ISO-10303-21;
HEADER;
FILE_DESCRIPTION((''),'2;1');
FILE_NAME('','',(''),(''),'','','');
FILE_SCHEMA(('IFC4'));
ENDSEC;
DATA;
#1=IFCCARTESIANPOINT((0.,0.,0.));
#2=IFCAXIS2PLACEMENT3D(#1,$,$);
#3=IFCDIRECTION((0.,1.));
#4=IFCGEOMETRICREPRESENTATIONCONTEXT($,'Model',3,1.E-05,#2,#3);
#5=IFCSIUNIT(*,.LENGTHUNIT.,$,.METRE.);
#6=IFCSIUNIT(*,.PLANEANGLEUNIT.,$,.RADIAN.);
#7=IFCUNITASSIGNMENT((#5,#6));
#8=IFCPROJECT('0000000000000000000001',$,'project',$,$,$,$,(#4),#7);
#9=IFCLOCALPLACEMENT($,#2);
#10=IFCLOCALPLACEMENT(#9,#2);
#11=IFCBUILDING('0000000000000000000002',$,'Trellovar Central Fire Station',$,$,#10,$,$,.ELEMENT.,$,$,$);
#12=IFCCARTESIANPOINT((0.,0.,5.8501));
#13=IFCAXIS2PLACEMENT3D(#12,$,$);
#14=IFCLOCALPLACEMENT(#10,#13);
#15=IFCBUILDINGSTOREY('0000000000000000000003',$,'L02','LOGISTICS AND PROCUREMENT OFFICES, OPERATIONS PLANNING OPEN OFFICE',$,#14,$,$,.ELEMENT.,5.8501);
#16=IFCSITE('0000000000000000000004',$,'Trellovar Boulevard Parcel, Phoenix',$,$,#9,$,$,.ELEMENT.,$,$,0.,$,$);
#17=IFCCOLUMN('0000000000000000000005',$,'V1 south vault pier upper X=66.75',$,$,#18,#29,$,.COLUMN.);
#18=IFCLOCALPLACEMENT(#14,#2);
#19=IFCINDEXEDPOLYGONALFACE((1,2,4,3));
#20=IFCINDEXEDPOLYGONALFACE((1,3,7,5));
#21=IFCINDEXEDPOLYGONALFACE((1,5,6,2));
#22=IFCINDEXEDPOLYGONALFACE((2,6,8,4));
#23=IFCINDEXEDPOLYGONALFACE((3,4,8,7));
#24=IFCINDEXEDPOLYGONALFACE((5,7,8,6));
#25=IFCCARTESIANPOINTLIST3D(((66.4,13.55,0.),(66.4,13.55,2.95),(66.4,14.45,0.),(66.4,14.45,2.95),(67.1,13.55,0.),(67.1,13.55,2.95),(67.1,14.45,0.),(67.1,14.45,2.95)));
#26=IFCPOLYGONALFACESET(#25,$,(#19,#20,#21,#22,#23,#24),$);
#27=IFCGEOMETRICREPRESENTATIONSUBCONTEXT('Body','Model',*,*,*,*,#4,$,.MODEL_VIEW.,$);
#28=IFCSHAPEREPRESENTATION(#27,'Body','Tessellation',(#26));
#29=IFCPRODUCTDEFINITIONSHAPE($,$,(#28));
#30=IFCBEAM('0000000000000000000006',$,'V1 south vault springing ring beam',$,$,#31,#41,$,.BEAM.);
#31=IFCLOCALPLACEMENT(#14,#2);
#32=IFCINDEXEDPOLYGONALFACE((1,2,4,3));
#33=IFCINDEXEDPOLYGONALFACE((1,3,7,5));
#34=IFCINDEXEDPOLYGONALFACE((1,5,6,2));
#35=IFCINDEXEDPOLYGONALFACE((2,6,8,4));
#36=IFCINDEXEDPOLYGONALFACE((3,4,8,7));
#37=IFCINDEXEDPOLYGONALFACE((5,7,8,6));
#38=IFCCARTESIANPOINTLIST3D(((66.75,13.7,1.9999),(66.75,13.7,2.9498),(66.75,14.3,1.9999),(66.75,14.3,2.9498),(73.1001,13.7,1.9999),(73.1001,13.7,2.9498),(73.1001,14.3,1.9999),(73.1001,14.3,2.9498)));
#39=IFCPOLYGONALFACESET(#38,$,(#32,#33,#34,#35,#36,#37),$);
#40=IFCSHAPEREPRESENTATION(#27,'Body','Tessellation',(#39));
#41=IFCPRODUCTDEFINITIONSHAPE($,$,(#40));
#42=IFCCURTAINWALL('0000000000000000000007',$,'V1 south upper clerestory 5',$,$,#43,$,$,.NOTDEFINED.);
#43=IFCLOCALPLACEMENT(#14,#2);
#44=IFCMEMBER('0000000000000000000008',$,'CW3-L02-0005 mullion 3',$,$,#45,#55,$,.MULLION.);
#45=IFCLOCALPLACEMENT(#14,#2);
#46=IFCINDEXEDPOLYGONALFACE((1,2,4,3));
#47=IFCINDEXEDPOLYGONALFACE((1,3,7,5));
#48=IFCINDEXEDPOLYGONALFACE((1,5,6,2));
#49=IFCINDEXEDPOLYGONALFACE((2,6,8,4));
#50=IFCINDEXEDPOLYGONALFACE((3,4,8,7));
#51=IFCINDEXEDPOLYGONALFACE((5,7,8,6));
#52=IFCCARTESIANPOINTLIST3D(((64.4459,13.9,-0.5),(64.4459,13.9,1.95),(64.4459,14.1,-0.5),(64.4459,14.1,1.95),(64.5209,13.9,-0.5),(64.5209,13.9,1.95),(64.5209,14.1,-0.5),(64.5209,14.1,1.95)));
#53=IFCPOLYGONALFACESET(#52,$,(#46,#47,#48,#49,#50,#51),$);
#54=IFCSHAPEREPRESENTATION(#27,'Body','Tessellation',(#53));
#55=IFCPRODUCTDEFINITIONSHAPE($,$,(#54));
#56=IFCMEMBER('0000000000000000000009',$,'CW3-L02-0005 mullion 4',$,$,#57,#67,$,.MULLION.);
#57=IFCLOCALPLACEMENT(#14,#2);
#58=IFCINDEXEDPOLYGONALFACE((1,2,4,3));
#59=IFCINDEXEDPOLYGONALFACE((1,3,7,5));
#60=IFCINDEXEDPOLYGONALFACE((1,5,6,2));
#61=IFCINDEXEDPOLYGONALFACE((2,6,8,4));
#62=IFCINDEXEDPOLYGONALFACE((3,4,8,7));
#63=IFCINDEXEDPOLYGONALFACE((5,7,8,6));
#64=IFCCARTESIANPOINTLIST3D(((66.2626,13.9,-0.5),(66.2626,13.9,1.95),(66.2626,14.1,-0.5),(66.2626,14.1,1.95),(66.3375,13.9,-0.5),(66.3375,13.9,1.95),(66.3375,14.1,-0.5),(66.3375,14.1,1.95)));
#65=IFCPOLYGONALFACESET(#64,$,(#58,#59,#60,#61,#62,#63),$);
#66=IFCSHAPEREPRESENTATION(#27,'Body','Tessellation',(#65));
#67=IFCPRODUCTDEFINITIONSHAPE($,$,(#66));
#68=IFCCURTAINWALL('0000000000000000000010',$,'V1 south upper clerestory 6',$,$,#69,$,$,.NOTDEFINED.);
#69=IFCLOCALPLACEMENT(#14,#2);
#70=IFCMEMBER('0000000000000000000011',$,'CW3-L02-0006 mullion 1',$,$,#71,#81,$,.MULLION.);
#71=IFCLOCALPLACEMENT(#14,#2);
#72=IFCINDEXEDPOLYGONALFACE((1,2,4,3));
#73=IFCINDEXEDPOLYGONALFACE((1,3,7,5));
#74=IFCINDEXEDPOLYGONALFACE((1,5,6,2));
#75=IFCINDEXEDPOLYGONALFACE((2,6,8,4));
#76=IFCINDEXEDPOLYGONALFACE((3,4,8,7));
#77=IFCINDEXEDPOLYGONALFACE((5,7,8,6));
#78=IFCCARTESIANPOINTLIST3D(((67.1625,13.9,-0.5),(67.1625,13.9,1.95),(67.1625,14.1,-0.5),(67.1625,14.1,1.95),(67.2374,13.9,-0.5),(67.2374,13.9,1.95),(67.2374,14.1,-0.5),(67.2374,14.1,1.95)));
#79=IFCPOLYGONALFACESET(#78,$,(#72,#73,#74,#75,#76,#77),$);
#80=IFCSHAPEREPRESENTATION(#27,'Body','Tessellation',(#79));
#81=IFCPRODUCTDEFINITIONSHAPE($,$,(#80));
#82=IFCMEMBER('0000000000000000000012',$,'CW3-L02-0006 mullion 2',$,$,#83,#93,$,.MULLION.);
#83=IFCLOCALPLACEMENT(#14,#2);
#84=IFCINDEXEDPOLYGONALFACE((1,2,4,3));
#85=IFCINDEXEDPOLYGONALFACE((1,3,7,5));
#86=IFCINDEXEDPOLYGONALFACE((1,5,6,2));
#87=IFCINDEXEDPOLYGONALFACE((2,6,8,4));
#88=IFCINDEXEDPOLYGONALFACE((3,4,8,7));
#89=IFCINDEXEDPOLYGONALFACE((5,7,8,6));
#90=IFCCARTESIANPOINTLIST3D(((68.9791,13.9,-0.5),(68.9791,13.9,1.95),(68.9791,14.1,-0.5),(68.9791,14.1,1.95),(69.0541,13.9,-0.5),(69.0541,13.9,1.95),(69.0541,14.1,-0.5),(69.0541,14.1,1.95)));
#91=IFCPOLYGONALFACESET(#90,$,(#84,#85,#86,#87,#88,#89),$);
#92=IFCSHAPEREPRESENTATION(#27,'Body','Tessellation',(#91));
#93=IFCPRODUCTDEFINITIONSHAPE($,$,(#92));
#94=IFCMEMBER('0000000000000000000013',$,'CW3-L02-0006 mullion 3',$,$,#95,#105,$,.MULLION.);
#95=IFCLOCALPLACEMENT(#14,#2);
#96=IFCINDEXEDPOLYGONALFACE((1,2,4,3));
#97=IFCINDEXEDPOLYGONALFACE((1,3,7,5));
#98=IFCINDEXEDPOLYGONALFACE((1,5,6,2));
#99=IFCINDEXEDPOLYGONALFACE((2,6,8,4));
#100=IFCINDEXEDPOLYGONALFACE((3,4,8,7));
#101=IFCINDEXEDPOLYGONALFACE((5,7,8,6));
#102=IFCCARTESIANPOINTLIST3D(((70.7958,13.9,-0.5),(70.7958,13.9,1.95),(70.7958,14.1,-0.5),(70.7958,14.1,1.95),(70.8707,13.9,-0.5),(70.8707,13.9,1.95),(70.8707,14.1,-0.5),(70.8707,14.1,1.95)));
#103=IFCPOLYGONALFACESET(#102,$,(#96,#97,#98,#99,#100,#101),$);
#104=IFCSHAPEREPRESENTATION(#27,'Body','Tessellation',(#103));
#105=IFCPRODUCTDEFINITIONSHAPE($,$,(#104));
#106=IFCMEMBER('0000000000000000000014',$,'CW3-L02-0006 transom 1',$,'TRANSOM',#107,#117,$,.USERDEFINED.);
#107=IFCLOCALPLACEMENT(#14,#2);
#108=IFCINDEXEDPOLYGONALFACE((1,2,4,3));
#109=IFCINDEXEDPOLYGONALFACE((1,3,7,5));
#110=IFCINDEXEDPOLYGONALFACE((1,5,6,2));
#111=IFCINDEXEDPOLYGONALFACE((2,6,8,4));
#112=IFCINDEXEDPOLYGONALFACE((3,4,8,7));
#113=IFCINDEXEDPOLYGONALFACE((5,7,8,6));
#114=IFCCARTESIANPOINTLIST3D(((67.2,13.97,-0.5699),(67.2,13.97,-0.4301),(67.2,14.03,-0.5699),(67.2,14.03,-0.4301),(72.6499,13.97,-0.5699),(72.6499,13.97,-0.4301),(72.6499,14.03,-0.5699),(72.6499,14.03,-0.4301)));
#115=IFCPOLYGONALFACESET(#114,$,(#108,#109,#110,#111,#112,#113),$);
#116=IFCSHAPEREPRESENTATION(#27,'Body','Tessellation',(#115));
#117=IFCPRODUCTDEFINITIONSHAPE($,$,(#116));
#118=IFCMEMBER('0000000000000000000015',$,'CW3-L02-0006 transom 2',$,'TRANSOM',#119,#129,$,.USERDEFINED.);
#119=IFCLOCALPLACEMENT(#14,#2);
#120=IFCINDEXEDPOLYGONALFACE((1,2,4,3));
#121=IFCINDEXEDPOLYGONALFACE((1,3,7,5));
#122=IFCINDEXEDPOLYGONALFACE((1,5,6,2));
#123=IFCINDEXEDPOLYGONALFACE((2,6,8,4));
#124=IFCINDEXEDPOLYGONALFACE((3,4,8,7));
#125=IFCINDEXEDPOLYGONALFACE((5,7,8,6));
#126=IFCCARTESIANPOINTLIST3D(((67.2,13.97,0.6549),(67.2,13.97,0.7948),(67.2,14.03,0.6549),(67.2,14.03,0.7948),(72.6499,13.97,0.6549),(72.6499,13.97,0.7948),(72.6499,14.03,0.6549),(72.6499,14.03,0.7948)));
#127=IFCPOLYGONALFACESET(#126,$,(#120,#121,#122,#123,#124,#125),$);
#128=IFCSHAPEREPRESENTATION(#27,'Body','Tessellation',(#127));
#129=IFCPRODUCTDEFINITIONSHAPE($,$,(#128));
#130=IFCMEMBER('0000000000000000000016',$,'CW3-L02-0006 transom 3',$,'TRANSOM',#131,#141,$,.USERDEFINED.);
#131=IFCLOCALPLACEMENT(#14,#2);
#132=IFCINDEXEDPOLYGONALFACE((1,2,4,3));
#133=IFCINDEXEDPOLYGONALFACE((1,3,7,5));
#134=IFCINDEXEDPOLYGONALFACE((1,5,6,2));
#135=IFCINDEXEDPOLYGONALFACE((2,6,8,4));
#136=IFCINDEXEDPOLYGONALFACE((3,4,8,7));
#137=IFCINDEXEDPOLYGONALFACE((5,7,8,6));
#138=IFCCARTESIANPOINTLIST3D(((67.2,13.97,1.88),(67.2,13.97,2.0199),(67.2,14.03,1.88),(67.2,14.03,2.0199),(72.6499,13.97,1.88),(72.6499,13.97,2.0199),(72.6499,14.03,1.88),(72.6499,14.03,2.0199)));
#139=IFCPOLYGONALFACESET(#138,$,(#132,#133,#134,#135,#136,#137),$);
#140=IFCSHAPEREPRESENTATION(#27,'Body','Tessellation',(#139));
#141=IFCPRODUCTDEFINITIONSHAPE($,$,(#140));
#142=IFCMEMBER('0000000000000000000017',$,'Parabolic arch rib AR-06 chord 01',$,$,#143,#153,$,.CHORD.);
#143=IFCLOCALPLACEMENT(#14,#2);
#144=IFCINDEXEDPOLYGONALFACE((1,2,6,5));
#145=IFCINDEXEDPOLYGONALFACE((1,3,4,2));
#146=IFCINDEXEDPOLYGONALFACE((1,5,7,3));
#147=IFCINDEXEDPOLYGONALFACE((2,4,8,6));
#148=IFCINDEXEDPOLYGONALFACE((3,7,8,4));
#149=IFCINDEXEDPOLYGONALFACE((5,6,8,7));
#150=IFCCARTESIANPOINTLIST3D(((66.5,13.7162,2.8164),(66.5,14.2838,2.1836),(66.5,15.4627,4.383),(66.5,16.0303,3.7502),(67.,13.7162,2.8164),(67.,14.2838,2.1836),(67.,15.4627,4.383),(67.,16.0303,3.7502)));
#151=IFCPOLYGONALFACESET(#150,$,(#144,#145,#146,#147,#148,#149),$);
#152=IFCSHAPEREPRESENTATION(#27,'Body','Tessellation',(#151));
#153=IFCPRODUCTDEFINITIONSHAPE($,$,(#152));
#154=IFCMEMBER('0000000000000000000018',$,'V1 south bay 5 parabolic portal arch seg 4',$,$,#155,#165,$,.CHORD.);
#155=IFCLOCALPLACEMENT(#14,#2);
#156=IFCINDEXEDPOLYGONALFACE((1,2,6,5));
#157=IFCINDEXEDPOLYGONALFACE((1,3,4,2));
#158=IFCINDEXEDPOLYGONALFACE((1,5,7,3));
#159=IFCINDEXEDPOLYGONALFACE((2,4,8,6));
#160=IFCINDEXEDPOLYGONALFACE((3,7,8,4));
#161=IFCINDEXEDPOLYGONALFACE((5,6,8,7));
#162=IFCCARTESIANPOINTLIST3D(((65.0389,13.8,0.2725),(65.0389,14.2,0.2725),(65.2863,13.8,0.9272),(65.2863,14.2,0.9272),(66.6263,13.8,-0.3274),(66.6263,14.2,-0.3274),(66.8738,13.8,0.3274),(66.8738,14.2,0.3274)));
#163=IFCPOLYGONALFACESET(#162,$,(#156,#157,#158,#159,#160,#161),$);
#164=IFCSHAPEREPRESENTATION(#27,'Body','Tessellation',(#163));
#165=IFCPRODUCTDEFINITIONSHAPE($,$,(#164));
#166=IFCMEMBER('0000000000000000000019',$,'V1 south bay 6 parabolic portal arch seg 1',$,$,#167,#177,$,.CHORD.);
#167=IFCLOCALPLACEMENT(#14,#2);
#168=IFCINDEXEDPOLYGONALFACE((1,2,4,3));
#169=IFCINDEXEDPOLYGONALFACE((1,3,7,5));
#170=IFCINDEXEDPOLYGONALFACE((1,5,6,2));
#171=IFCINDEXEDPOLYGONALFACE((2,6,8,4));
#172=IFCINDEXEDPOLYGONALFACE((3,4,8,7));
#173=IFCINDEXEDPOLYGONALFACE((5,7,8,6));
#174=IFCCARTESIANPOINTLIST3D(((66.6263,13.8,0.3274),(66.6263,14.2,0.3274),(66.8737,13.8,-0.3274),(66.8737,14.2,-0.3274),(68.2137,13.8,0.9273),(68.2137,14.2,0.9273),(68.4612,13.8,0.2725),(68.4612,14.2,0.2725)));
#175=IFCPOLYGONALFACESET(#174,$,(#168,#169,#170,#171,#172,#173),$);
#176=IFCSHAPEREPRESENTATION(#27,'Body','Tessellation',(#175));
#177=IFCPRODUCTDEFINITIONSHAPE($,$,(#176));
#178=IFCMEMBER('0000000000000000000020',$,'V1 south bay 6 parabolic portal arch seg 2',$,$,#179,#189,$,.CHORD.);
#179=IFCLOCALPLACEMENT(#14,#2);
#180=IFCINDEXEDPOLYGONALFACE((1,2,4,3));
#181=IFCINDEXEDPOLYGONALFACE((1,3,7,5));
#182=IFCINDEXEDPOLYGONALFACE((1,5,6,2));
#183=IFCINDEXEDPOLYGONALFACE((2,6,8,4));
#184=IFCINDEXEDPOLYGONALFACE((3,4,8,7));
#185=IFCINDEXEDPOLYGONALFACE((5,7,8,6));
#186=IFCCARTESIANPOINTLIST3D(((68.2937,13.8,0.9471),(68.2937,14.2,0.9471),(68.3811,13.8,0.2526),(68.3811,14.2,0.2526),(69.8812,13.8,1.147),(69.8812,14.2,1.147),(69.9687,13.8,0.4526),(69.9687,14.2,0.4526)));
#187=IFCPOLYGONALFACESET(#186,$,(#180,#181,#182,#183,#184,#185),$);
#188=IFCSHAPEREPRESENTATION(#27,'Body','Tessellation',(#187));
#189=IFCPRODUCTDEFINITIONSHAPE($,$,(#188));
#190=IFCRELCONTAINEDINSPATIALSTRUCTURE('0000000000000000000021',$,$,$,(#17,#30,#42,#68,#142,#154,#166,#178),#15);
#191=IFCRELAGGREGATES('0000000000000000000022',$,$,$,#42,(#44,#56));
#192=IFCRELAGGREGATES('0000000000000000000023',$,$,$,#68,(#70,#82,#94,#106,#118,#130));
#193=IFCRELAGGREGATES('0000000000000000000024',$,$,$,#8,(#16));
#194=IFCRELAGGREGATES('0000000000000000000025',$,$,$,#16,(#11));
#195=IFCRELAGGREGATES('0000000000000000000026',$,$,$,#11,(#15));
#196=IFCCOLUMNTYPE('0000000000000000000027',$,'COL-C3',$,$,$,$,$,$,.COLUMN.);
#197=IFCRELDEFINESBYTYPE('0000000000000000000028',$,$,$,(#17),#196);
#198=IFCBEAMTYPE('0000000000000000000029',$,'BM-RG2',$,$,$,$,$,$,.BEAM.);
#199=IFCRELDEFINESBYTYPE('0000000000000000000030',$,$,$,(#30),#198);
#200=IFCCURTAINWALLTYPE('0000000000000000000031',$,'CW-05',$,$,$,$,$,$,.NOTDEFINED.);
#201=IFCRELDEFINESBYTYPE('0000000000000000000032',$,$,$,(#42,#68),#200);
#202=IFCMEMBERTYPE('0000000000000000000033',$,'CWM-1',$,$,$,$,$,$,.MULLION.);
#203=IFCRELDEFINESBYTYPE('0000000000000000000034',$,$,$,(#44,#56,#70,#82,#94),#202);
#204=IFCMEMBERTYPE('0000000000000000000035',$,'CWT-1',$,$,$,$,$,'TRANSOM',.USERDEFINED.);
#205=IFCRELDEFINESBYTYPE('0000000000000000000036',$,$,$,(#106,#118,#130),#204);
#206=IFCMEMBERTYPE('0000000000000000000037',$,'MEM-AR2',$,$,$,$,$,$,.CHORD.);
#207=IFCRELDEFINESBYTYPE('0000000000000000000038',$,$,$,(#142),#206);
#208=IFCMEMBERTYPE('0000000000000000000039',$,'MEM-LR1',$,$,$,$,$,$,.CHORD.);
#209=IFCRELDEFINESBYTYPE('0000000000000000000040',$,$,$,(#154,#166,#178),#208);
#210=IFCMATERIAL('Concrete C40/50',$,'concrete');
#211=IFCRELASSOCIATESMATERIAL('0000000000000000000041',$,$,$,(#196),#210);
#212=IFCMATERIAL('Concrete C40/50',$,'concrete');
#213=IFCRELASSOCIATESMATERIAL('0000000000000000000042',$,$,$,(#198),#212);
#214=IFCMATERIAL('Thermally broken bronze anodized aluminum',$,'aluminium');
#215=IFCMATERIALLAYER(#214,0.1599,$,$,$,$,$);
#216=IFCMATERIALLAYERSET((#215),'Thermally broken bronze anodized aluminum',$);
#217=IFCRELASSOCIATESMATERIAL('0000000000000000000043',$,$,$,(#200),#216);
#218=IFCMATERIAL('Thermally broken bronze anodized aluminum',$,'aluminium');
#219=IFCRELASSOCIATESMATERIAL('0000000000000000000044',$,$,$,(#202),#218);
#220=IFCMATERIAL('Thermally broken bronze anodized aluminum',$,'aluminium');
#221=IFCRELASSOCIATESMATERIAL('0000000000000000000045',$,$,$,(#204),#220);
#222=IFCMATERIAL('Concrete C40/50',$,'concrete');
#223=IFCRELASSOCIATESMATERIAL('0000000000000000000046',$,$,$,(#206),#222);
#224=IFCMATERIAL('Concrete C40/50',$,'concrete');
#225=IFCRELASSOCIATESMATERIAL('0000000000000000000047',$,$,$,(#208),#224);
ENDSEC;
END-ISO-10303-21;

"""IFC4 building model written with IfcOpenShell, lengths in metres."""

from ifc_helpers import new_model, si_unit, direction, frame, origin, origin_2d, place, context, subcontext, project, spatial, rectangle, extrude, material, layer, layer_set, material_profile, profile_set, type_object, element, aggregate, save


model = new_model("IFC4")

# Units and contexts
model_context = context("Model", 3, precision=1e-05, world=origin(), true_north=direction((0.0, 1.0)))
body_context = subcontext(model_context, "Body", "Model", "MODEL_VIEW")
ifc_project = project(units=[si_unit("LENGTHUNIT", "METRE"), si_unit("PLANEANGLEUNIT", "RADIAN")], contexts=[model_context])

# Site, building, storey
site_placement = place(None, origin())
site = spatial("IfcSite", under=ifc_project, at=site_placement, Name="Trellovar Boulevard Parcel, Phoenix", CompositionType="ELEMENT", RefElevation=0.0)
building_placement = place(site_placement, origin())
building = spatial("IfcBuilding", under=site, at=building_placement, Name="Trellovar Central Fire Station", CompositionType="ELEMENT")
storey_placement = place(building_placement, frame((0.0, 0.0, 5.8501)))
storey = spatial("IfcBuildingStorey", under=building, at=storey_placement, Name="L02", Description="LOGISTICS AND PROCUREMENT OFFICES, OPERATIONS PLANNING OPEN OFFICE", CompositionType="ELEMENT", Elevation=5.8501)

# Column
ifc_material_1 = material(Name="Concrete C40/50", Category="concrete")
ifc_material_profile_1 = material_profile(ifc_material_1, rectangle(XDim=0.7, YDim=0.8999, at=origin_2d()), Name="RC700X900")
ifc_profile_set_1 = profile_set([ifc_material_profile_1], Name="Concrete C40/50")
column_type = type_object("IfcColumnType", Name="COL-C3", PredefinedType="COLUMN", material=ifc_profile_set_1)
column_placement = place(storey_placement, frame((66.75, 14.0, 0.0), z_axis=(0.0, 0.0, 1.0), x_axis=(1.0, 0.0, 0.0)))
element("IfcColumn", 1, at=column_placement, inside=storey, type_object=column_type, Name="V1 south vault pier upper X=66.75", PredefinedType="COLUMN", context=body_context, shape_type="SweptSolid", body=[
    extrude(rectangle(XDim=0.7, YDim=0.8999, at=origin_2d()), origin(), (0.0, 0.0, 1.0), 2.95),
])

# Beam
ifc_material_2 = material(Name="Concrete C40/50", Category="concrete")
ifc_material_profile_2 = material_profile(ifc_material_2, rectangle(XDim=0.6001, YDim=0.95, at=origin_2d()), Name="RC600X950")
ifc_profile_set_2 = profile_set([ifc_material_profile_2], Name="Concrete C40/50")
beam_type = type_object("IfcBeamType", Name="BM-RG2", PredefinedType="BEAM", material=ifc_profile_set_2)
beam_placement = place(storey_placement, frame((66.75, 14.0, 2.4749), z_axis=(1.0, 0.0, 0.0), x_axis=(0.0, 1.0, 0.0)))
element("IfcBeam", 2, at=beam_placement, inside=storey, type_object=beam_type, Name="V1 south vault springing ring beam", PredefinedType="BEAM", context=body_context, shape_type="SweptSolid", body=[
    extrude(rectangle(XDim=0.6001, YDim=0.95, at=origin_2d()), origin(), (0.0, 0.0, 1.0), 6.3501),
])

# Curtain walls, members
ifc_material_3 = material(Name="Thermally broken bronze anodized aluminum", Category="aluminium")
ifc_layer_1 = layer(ifc_material_3, 0.1599)
ifc_layer_set_1 = layer_set([ifc_layer_1], Name="Thermally broken bronze anodized aluminum")
curtain_wall_type = type_object("IfcCurtainWallType", Name="CW-05", PredefinedType="NOTDEFINED", material=ifc_layer_set_1)
curtain_wall_1_placement = place(storey_placement, origin())
curtain_wall_1 = element("IfcCurtainWall", 3, at=curtain_wall_1_placement, inside=storey, type_object=curtain_wall_type, Name="V1 south upper clerestory 5", PredefinedType="NOTDEFINED")
ifc_material_4 = material(Name="Thermally broken bronze anodized aluminum", Category="aluminium")
ifc_material_profile_3 = material_profile(ifc_material_4, rectangle(XDim=0.075, YDim=0.2, at=origin_2d()), Name="ALU75X200")
ifc_profile_set_3 = profile_set([ifc_material_profile_3], Name="Thermally broken bronze anodized aluminum")
member_type_1 = type_object("IfcMemberType", Name="CWM-1", PredefinedType="MULLION", material=ifc_profile_set_3)
member_1_placement = place(storey_placement, frame((64.4834, 14.0, -0.5), z_axis=(0.0, 0.0, 1.0), x_axis=(1.0, 0.0, 0.0)))
member_1 = element("IfcMember", 4, at=member_1_placement, type_object=member_type_1, Name="CW3-L02-0005 mullion 3", PredefinedType="MULLION", context=body_context, shape_type="SweptSolid", body=[
    extrude(rectangle(XDim=0.075, YDim=0.2, at=origin_2d()), origin(), (0.0, 0.0, 1.0), 2.45),
])
member_2_placement = place(storey_placement, frame((66.3, 14.0, -0.5), z_axis=(0.0, 0.0, 1.0), x_axis=(1.0, 0.0, 0.0)))
member_2 = element("IfcMember", 5, at=member_2_placement, type_object=member_type_1, Name="CW3-L02-0005 mullion 4", PredefinedType="MULLION", context=body_context, shape_type="SweptSolid", body=[
    extrude(rectangle(XDim=0.075, YDim=0.2, at=origin_2d()), origin(), (0.0, 0.0, 1.0), 2.45),
])
curtain_wall_2_placement = place(storey_placement, origin())
curtain_wall_2 = element("IfcCurtainWall", 6, at=curtain_wall_2_placement, inside=storey, type_object=curtain_wall_type, Name="V1 south upper clerestory 6", PredefinedType="NOTDEFINED")
member_3_placement = place(storey_placement, frame((67.2, 14.0, -0.5), z_axis=(0.0, 0.0, 1.0), x_axis=(1.0, 0.0, 0.0)))
member_3 = element("IfcMember", 7, at=member_3_placement, type_object=member_type_1, Name="CW3-L02-0006 mullion 1", PredefinedType="MULLION", context=body_context, shape_type="SweptSolid", body=[
    extrude(rectangle(XDim=0.075, YDim=0.2, at=origin_2d()), origin(), (0.0, 0.0, 1.0), 2.45),
])
member_4_placement = place(storey_placement, frame((69.0166, 14.0, -0.5), z_axis=(0.0, 0.0, 1.0), x_axis=(1.0, 0.0, 0.0)))
member_4 = element("IfcMember", 8, at=member_4_placement, type_object=member_type_1, Name="CW3-L02-0006 mullion 2", PredefinedType="MULLION", context=body_context, shape_type="SweptSolid", body=[
    extrude(rectangle(XDim=0.075, YDim=0.2, at=origin_2d()), origin(), (0.0, 0.0, 1.0), 2.45),
])
member_5_placement = place(storey_placement, frame((70.8333, 14.0, -0.5), z_axis=(0.0, 0.0, 1.0), x_axis=(1.0, 0.0, 0.0)))
member_5 = element("IfcMember", 9, at=member_5_placement, type_object=member_type_1, Name="CW3-L02-0006 mullion 3", PredefinedType="MULLION", context=body_context, shape_type="SweptSolid", body=[
    extrude(rectangle(XDim=0.075, YDim=0.2, at=origin_2d()), origin(), (0.0, 0.0, 1.0), 2.45),
])
ifc_material_5 = material(Name="Thermally broken bronze anodized aluminum", Category="aluminium")
ifc_material_profile_4 = material_profile(ifc_material_5, rectangle(XDim=0.0601, YDim=0.1399, at=origin_2d()), Name="ALU60X140")
ifc_profile_set_4 = profile_set([ifc_material_profile_4], Name="Thermally broken bronze anodized aluminum")
member_type_2 = type_object("IfcMemberType", Name="CWT-1", ElementType="TRANSOM", PredefinedType="USERDEFINED", material=ifc_profile_set_4)
member_6_placement = place(storey_placement, frame((67.2, 14.0, -0.5), z_axis=(1.0, 0.0, 0.0), x_axis=(0.0, 1.0, 0.0)))
member_6 = element("IfcMember", 10, at=member_6_placement, type_object=member_type_2, Name="CW3-L02-0006 transom 1", ObjectType="TRANSOM", PredefinedType="USERDEFINED", context=body_context, shape_type="SweptSolid", body=[
    extrude(rectangle(XDim=0.0601, YDim=0.1399, at=origin_2d()), origin(), (0.0, 0.0, 1.0), 5.45),
])
member_7_placement = place(storey_placement, frame((67.2, 14.0, 0.7249), z_axis=(1.0, 0.0, 0.0), x_axis=(0.0, 1.0, 0.0)))
member_7 = element("IfcMember", 11, at=member_7_placement, type_object=member_type_2, Name="CW3-L02-0006 transom 2", ObjectType="TRANSOM", PredefinedType="USERDEFINED", context=body_context, shape_type="SweptSolid", body=[
    extrude(rectangle(XDim=0.0601, YDim=0.1399, at=origin_2d()), origin(), (0.0, 0.0, 1.0), 5.45),
])
member_8_placement = place(storey_placement, frame((67.2, 14.0, 1.95), z_axis=(1.0, 0.0, 0.0), x_axis=(0.0, 1.0, 0.0)))
member_8 = element("IfcMember", 12, at=member_8_placement, type_object=member_type_2, Name="CW3-L02-0006 transom 3", ObjectType="TRANSOM", PredefinedType="USERDEFINED", context=body_context, shape_type="SweptSolid", body=[
    extrude(rectangle(XDim=0.0601, YDim=0.1399, at=origin_2d()), origin(), (0.0, 0.0, 1.0), 5.45),
])

# Members
ifc_material_6 = material(Name="Concrete C40/50", Category="concrete")
ifc_material_profile_5 = material_profile(ifc_material_6, rectangle(XDim=0.5, YDim=0.8501, at=origin_2d()), Name="RC500X850")
ifc_profile_set_5 = profile_set([ifc_material_profile_5], Name="Concrete C40/50")
member_type_3 = type_object("IfcMemberType", Name="MEM-AR2", PredefinedType="CHORD", material=ifc_profile_set_5)
member_9_placement = place(storey_placement, frame((66.75, 14.0, 2.5), z_axis=(0.0, 0.744411, 0.667722), x_axis=(-1.0, 0.0, 0.0)))
element("IfcMember", 13, at=member_9_placement, inside=storey, type_object=member_type_3, Name="Parabolic arch rib AR-06 chord 01", PredefinedType="CHORD", context=body_context, shape_type="SweptSolid", body=[
    extrude(rectangle(XDim=0.5, YDim=0.8501, at=origin_2d()), origin(), (0.0, 0.0, 1.0), 2.3462),
])
ifc_material_7 = material(Name="Concrete C40/50", Category="concrete")
ifc_material_profile_6 = material_profile(ifc_material_7, rectangle(XDim=0.3999, YDim=0.7, at=origin_2d()), Name="RC400X700")
ifc_profile_set_6 = profile_set([ifc_material_profile_6], Name="Concrete C40/50")
member_type_4 = type_object("IfcMemberType", Name="MEM-LR1", PredefinedType="CHORD", material=ifc_profile_set_6)
for number, where, z_axis, x_axis, name in (
    (14, (65.1626, 14.0, 0.5999), (0.935439, 0.0, -0.353487), (0.0, 1.0, 0.0), "V1 south bay 5 parabolic portal arch seg 4"),
    (15, (66.75, 14.0, 0.0), (0.935439, 0.0, 0.353487), (0.0, 1.0, 0.0), "V1 south bay 6 parabolic portal arch seg 1"),
):
    element("IfcMember", number, at=place(storey_placement, frame(where, z_axis=z_axis, x_axis=x_axis)), inside=storey, type_object=member_type_4, Name=name, PredefinedType="CHORD", context=body_context, shape_type="SweptSolid", body=[
        extrude(rectangle(XDim=0.3999, YDim=0.7, at=origin_2d()), origin(), (0.0, 0.0, 1.0), 1.697),
    ])
member_10_placement = place(storey_placement, frame((68.3374, 14.0, 0.5999), z_axis=(0.992162, 0.0, 0.124955), x_axis=(0.0, 1.0, 0.0)))
element("IfcMember", 16, at=member_10_placement, inside=storey, type_object=member_type_4, Name="V1 south bay 6 parabolic portal arch seg 2", PredefinedType="CHORD", context=body_context, shape_type="SweptSolid", body=[
    extrude(rectangle(XDim=0.3999, YDim=0.7, at=origin_2d()), origin(), (0.0, 0.0, 1.0), 1.6001),
])

aggregate(curtain_wall_1, [member_1, member_2])
aggregate(curtain_wall_2, [member_3, member_4, member_5, member_6, member_7, member_8])

save(model, "model.ifc")
